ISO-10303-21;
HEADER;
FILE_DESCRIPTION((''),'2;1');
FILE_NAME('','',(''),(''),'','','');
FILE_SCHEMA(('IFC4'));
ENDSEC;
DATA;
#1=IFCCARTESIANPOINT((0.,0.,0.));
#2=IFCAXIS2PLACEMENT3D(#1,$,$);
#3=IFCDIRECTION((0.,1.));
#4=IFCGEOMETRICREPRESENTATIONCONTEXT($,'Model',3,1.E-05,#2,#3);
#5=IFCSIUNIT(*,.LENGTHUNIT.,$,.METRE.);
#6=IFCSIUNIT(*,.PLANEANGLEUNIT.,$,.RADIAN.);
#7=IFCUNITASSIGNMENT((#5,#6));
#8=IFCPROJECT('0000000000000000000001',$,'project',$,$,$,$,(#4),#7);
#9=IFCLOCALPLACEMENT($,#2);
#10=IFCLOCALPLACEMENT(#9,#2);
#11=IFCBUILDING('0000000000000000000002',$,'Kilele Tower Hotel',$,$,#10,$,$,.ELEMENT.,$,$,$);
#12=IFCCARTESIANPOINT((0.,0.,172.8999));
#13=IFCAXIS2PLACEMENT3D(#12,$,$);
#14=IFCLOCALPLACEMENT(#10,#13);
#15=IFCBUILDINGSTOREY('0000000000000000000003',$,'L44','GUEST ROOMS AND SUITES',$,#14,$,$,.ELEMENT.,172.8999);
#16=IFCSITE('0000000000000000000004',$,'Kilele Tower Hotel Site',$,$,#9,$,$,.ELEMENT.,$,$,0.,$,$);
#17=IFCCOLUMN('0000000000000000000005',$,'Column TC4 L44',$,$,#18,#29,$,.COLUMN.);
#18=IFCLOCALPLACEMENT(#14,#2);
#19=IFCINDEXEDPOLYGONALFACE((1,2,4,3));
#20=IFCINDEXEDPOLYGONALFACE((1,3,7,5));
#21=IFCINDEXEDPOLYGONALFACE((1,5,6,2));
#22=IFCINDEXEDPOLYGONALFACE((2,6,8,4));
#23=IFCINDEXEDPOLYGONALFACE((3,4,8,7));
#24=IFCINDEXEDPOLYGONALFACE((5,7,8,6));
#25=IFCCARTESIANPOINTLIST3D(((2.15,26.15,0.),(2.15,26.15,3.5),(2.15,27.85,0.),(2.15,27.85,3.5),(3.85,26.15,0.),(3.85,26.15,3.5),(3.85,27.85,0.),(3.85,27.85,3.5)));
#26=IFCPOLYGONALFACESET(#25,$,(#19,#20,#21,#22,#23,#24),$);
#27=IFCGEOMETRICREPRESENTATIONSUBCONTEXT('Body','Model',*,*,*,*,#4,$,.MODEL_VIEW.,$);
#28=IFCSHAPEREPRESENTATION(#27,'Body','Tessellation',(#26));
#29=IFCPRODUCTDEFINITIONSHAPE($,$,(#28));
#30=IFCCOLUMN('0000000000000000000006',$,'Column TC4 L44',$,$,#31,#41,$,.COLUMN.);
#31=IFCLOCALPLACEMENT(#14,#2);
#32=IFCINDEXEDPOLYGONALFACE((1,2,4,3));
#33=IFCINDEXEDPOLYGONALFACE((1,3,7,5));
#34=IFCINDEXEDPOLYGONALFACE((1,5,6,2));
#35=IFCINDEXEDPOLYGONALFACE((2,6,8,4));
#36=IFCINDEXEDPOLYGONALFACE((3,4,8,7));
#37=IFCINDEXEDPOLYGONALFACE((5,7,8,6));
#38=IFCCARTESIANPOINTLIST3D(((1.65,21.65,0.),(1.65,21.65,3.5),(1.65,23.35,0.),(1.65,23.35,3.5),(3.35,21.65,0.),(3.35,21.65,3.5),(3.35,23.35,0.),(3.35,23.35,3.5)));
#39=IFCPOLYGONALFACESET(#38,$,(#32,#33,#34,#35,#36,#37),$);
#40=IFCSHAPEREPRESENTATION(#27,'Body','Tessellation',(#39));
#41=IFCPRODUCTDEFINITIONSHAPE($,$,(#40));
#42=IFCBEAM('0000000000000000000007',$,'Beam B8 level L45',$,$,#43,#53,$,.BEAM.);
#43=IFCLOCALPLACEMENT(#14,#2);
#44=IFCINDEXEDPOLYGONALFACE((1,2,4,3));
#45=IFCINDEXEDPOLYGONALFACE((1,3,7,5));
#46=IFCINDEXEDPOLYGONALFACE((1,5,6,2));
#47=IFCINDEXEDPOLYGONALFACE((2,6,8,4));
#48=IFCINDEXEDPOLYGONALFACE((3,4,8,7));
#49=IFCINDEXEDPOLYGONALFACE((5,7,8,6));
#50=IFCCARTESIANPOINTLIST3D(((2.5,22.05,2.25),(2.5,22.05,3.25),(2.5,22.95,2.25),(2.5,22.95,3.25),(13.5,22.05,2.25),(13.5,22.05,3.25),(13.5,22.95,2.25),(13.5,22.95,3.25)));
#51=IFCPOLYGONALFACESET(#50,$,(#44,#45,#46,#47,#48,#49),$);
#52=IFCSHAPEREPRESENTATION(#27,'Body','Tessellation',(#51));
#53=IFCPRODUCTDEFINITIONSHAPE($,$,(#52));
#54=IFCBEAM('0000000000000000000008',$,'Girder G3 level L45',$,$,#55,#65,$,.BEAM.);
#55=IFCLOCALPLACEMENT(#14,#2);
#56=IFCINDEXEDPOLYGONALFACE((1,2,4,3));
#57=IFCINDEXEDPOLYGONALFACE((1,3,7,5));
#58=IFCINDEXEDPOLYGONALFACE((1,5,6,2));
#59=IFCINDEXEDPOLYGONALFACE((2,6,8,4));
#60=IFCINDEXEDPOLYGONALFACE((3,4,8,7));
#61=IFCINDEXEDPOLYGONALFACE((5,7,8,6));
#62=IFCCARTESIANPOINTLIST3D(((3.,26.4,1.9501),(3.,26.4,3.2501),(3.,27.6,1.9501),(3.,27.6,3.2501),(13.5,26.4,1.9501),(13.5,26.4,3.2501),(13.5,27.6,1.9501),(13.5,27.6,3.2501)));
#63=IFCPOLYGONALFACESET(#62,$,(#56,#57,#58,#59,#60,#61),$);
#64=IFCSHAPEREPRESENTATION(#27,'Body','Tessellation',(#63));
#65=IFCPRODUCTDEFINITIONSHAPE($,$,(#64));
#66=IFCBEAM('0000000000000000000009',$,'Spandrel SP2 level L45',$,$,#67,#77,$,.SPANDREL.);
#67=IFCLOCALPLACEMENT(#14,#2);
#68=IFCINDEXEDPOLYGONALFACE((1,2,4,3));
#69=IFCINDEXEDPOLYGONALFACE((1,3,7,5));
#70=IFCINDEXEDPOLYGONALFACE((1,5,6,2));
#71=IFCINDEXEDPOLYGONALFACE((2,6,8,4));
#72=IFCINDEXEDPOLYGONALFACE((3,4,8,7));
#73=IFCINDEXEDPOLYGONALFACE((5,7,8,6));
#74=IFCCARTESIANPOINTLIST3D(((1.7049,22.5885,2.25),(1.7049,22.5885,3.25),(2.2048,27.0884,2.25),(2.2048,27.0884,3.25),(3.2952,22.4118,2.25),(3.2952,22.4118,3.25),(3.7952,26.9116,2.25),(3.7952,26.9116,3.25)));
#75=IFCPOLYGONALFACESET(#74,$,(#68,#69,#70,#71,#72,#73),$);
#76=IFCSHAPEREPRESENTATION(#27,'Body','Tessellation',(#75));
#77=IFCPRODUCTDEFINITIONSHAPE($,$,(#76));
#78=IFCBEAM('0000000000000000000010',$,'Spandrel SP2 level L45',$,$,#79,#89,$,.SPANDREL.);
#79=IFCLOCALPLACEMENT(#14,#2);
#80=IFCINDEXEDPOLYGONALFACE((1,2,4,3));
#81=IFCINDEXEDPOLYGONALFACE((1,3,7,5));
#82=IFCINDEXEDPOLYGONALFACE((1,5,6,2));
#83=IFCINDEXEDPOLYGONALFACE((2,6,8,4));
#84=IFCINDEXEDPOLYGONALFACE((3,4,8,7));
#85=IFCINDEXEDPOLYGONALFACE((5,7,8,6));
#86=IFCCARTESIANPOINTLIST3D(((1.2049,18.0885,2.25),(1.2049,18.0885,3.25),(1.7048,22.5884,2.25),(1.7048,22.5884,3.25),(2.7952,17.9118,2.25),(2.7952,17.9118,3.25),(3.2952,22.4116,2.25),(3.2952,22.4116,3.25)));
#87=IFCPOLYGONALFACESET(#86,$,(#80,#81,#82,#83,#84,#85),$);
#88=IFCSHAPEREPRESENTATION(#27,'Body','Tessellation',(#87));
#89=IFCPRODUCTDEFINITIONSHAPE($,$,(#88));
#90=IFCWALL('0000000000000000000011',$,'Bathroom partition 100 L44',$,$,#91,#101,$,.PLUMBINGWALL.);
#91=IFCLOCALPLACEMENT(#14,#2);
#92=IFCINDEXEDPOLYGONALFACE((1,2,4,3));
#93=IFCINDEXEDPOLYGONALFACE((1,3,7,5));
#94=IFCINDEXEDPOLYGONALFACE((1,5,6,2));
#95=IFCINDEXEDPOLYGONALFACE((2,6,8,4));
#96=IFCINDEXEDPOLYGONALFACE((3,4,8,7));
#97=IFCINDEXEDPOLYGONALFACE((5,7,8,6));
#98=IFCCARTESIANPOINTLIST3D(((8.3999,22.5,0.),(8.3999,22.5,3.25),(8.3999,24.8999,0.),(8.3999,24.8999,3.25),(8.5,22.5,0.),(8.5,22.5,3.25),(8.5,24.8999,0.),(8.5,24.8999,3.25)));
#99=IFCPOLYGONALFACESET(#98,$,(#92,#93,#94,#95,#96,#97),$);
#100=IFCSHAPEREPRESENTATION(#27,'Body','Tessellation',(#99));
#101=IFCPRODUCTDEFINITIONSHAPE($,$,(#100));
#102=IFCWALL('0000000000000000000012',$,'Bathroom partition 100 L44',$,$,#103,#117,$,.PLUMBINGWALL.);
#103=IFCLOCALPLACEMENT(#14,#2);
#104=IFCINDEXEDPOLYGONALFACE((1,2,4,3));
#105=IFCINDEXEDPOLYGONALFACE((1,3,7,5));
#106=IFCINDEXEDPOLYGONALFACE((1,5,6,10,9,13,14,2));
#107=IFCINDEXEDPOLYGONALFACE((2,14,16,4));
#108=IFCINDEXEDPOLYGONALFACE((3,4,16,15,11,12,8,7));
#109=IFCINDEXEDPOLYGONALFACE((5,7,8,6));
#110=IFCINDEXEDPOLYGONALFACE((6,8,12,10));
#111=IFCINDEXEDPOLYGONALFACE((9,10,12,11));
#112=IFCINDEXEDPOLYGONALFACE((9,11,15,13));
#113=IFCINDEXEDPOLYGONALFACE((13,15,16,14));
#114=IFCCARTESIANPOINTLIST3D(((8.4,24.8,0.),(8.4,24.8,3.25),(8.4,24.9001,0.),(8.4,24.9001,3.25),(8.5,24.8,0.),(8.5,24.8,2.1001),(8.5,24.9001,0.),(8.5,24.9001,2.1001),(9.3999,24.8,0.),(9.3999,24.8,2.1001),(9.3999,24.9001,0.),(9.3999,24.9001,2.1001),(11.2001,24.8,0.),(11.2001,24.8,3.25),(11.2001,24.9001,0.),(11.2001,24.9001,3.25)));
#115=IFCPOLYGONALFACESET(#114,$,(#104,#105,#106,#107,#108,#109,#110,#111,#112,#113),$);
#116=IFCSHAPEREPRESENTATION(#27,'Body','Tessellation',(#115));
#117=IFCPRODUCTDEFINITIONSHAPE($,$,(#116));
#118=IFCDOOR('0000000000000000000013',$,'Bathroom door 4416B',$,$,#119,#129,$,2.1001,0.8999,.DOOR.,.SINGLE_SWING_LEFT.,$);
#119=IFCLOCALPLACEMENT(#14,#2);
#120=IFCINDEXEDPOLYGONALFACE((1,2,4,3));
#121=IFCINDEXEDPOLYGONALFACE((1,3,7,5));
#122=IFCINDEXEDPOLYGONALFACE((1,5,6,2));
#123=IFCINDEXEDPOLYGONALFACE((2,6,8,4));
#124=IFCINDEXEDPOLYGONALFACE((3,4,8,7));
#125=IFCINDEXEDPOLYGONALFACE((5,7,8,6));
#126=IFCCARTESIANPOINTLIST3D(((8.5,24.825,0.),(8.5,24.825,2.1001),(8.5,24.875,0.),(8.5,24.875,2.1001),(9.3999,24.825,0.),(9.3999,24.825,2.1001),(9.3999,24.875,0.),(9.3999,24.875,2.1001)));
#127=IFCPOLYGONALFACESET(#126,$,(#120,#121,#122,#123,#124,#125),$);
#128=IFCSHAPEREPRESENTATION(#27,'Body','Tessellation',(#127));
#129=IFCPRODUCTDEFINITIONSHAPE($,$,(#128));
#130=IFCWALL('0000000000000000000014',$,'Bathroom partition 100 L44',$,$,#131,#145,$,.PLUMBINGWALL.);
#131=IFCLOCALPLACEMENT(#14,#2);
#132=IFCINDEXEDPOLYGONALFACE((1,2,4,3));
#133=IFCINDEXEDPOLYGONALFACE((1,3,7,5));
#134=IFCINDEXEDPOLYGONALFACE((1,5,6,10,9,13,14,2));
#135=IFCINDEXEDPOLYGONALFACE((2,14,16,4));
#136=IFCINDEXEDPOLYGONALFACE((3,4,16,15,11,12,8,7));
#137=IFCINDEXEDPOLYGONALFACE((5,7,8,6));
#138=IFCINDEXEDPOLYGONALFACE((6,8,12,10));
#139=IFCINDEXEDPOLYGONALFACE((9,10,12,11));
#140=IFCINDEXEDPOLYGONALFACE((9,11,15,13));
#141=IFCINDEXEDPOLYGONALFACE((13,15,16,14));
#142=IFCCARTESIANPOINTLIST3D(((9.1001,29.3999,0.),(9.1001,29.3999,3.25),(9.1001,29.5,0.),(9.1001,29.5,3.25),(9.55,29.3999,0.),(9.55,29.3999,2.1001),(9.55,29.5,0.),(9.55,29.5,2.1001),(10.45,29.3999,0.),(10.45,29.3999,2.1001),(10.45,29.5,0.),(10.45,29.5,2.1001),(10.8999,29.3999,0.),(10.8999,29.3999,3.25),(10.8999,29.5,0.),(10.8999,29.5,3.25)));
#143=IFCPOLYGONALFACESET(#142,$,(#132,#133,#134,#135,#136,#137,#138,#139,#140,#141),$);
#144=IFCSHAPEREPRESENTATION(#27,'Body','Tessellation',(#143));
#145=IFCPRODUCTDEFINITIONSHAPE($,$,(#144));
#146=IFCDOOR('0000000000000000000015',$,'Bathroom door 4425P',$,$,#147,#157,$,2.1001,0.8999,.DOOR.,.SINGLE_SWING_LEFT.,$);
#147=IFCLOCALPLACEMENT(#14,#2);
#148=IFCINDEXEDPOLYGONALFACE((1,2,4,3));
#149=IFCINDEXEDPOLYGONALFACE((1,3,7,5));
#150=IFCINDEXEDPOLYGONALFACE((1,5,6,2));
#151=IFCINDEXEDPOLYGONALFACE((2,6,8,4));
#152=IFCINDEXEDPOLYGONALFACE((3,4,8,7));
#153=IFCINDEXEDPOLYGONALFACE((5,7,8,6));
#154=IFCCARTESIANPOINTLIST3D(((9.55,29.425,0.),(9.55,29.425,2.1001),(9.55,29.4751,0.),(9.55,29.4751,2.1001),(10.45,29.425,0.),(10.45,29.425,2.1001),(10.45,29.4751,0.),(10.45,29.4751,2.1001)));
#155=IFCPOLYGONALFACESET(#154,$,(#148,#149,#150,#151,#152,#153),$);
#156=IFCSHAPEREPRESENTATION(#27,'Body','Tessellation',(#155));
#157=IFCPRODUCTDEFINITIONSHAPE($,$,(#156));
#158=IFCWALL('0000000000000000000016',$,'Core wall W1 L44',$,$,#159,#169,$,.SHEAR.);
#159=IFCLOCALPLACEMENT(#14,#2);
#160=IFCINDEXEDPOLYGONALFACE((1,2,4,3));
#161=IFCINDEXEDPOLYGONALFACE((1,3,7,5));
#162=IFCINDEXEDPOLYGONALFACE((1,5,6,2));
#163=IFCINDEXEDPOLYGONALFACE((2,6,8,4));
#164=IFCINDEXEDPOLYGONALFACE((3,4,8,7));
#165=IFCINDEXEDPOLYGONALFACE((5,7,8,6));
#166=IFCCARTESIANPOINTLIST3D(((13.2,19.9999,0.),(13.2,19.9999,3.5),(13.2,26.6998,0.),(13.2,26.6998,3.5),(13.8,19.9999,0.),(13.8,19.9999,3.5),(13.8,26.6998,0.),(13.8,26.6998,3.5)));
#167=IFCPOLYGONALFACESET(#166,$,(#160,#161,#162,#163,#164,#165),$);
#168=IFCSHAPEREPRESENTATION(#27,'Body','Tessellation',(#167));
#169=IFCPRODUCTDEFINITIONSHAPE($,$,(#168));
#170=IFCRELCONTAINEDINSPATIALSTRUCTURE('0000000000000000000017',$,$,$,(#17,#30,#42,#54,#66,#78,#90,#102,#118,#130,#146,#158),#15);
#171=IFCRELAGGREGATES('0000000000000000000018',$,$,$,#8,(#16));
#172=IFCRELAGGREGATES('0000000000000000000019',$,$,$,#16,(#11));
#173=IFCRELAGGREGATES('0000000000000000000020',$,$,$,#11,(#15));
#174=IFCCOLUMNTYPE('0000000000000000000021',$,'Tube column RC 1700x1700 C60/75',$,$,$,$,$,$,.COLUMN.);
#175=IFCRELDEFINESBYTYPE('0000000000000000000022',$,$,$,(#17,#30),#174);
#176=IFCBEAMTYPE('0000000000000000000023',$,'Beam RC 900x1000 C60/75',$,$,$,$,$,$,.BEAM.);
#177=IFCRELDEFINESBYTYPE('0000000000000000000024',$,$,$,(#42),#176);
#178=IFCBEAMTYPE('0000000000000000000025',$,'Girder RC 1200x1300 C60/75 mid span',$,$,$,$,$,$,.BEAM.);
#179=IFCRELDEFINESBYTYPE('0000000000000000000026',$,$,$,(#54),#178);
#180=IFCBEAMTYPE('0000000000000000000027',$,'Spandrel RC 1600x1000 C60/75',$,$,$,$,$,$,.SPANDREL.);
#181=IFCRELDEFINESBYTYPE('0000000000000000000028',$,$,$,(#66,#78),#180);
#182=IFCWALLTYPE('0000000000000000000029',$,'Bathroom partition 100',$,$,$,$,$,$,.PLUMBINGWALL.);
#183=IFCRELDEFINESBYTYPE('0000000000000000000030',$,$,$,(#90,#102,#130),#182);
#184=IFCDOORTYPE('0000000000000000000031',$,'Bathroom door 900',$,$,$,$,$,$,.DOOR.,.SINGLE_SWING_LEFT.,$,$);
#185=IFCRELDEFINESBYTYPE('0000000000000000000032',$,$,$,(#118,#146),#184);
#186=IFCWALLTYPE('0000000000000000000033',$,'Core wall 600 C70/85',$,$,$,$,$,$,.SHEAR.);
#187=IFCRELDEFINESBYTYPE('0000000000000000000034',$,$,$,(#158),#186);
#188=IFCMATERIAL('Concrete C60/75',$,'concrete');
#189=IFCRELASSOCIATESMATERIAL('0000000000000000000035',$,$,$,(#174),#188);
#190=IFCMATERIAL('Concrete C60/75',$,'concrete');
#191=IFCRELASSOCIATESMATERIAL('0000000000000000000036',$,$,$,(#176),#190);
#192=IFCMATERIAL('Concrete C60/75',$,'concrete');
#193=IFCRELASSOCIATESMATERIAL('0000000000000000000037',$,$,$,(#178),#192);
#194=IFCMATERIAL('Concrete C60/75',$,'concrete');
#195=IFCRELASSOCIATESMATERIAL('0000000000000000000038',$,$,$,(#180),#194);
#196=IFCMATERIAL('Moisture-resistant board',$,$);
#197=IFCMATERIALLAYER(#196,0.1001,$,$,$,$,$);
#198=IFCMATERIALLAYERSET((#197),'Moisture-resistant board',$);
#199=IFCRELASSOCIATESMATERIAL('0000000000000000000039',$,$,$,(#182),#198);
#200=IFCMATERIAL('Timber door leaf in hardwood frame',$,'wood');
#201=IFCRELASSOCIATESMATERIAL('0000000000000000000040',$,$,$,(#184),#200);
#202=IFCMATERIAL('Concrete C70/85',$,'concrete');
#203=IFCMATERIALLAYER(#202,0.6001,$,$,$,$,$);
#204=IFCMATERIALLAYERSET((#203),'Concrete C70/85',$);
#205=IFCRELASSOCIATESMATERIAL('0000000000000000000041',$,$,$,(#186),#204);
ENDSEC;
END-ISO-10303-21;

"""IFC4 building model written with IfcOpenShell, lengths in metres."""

from ifc_helpers import new_model, si_unit, direction, frame, frame_2d, origin, origin_2d, place, context, subcontext, project, spatial, rectangle, extrude, material, layer, layer_set, material_profile, profile_set, type_object, element, fill, save


model = new_model("IFC4")

# Units and contexts
model_context = context("Model", 3, precision=1e-05, world=origin(), true_north=direction((0.0, 1.0)))
body_context = subcontext(model_context, "Body", "Model", "MODEL_VIEW")
ifc_project = project(units=[si_unit("LENGTHUNIT", "METRE"), si_unit("PLANEANGLEUNIT", "RADIAN")], contexts=[model_context])

# Site, building, storey
site_placement = place(None, origin())
site = spatial("IfcSite", under=ifc_project, at=site_placement, Name="Kilele Tower Hotel Site", CompositionType="ELEMENT", RefElevation=0.0)
building_placement = place(site_placement, origin())
building = spatial("IfcBuilding", under=site, at=building_placement, Name="Kilele Tower Hotel", CompositionType="ELEMENT")
storey_placement = place(building_placement, frame((0.0, 0.0, 172.8999)))
storey = spatial("IfcBuildingStorey", under=building, at=storey_placement, Name="L44", Description="GUEST ROOMS AND SUITES", CompositionType="ELEMENT", Elevation=172.8999)

# Columns
ifc_material_1 = material(Name="Concrete C60/75", Category="concrete")
ifc_material_profile_1 = material_profile(ifc_material_1, rectangle(XDim=1.7, YDim=1.7, at=origin_2d()))
ifc_profile_set_1 = profile_set([ifc_material_profile_1], Name="Concrete C60/75")
column_type = type_object("IfcColumnType", Name="Tube column RC 1700x1700 C60/75", PredefinedType="COLUMN", material=ifc_profile_set_1)
for number, where, z_axis, x_axis, name in (
    (1, (3.0, 27.0, 0.0), (0.0, 0.0, 1.0), (1.0, 0.0, 0.0), "Column TC4 L44"),
    (2, (2.5, 22.5, 0.0), (0.0, 0.0, 1.0), (1.0, 0.0, 0.0), "Column TC4 L44"),
):
    element("IfcColumn", number, at=place(storey_placement, frame(where, z_axis=z_axis, x_axis=x_axis)), inside=storey, type_object=column_type, Name=name, PredefinedType="COLUMN", context=body_context, shape_type="SweptSolid", body=[
        extrude(rectangle(XDim=1.7, YDim=1.7, at=origin_2d()), origin(), (0.0, 0.0, 1.0), 3.5),
    ])

# Beams
ifc_material_2 = material(Name="Concrete C60/75", Category="concrete")
ifc_material_profile_2 = material_profile(ifc_material_2, rectangle(XDim=0.8999, YDim=1.0, at=origin_2d()))
ifc_profile_set_2 = profile_set([ifc_material_profile_2], Name="Concrete C60/75")
beam_type_1 = type_object("IfcBeamType", Name="Beam RC 900x1000 C60/75", PredefinedType="BEAM", material=ifc_profile_set_2)
beam_1_placement = place(storey_placement, frame((2.5, 22.5, 2.75), z_axis=(1.0, 0.0, 0.0), x_axis=(0.0, 1.0, 0.0)))
element("IfcBeam", 3, at=beam_1_placement, inside=storey, type_object=beam_type_1, Name="Beam B8 level L45", PredefinedType="BEAM", context=body_context, shape_type="SweptSolid", body=[
    extrude(rectangle(XDim=0.8999, YDim=1.0, at=origin_2d()), origin(), (0.0, 0.0, 1.0), 11.0),
])
ifc_material_3 = material(Name="Concrete C60/75", Category="concrete")
ifc_material_profile_3 = material_profile(ifc_material_3, rectangle(XDim=1.2, YDim=1.3, at=origin_2d()))
ifc_profile_set_3 = profile_set([ifc_material_profile_3], Name="Concrete C60/75")
beam_type_2 = type_object("IfcBeamType", Name="Girder RC 1200x1300 C60/75 mid span", PredefinedType="BEAM", material=ifc_profile_set_3)
beam_2_placement = place(storey_placement, frame((3.0, 27.0, 2.6001), z_axis=(1.0, 0.0, 0.0), x_axis=(0.0, 1.0, 0.0)))
element("IfcBeam", 4, at=beam_2_placement, inside=storey, type_object=beam_type_2, Name="Girder G3 level L45", PredefinedType="BEAM", context=body_context, shape_type="SweptSolid", body=[
    extrude(rectangle(XDim=1.2, YDim=1.3, at=origin_2d()), origin(), (0.0, 0.0, 1.0), 10.5),
])
ifc_material_4 = material(Name="Concrete C60/75", Category="concrete")
ifc_material_profile_4 = material_profile(ifc_material_4, rectangle(XDim=1.6001, YDim=1.0, at=origin_2d()))
ifc_profile_set_4 = profile_set([ifc_material_profile_4], Name="Concrete C60/75")
beam_type_3 = type_object("IfcBeamType", Name="Spandrel RC 1600x1000 C60/75", PredefinedType="SPANDREL", material=ifc_profile_set_4)
for number, where, z_axis, x_axis, name in (
    (5, (3.0, 27.0, 2.75), (-0.110432, -0.993884, 0.0), (0.993884, -0.110432, 0.0), "Spandrel SP2 level L45"),
    (6, (2.5, 22.5, 2.75), (-0.110432, -0.993884, 0.0), (0.993884, -0.110432, 0.0), "Spandrel SP2 level L45"),
):
    element("IfcBeam", number, at=place(storey_placement, frame(where, z_axis=z_axis, x_axis=x_axis)), inside=storey, type_object=beam_type_3, Name=name, PredefinedType="SPANDREL", context=body_context, shape_type="SweptSolid", body=[
        extrude(rectangle(XDim=1.6001, YDim=1.0, at=origin_2d()), origin(), (0.0, 0.0, 1.0), 4.5276),
    ])

# Wall
ifc_material_5 = material(Name="Moisture-resistant board")
ifc_layer_1 = layer(ifc_material_5, 0.1001)
ifc_layer_set_1 = layer_set([ifc_layer_1], Name="Moisture-resistant board")
wall_type_1 = type_object("IfcWallType", Name="Bathroom partition 100", PredefinedType="PLUMBINGWALL", material=ifc_layer_set_1)
wall_1_placement = place(storey_placement, frame((8.45, 22.5, 0.0), z_axis=(0.0, 0.0, 1.0), x_axis=(0.0, 1.0, 0.0)))
element("IfcWall", 7, at=wall_1_placement, inside=storey, type_object=wall_type_1, Name="Bathroom partition 100 L44", PredefinedType="PLUMBINGWALL", context=body_context, shape_type="SweptSolid", body=[
    extrude(rectangle(XDim=2.3999, YDim=0.1001, at=frame_2d((1.2, 0.0))), origin(), (0.0, 0.0, 1.0), 3.25),
])

# Walls, openings, doors
wall_2_placement = place(storey_placement, frame((11.2, 24.8501, 0.0), z_axis=(0.0, 0.0, 1.0), x_axis=(-1.0, 0.0, 0.0)))
wall_2 = element("IfcWall", 8, at=wall_2_placement, inside=storey, type_object=wall_type_1, Name="Bathroom partition 100 L44", PredefinedType="PLUMBINGWALL", context=body_context, shape_type="SweptSolid", body=[
    extrude(rectangle(XDim=2.8, YDim=0.1001, at=frame_2d((1.3999, 0.0))), origin(), (0.0, 0.0, 1.0), 3.25),
])
opening_1_placement = place(wall_2_placement, frame((2.7, 0.0, 0.0), z_axis=(0.0, 0.0, 1.0), x_axis=(-1.0, 0.0, 0.0)))
opening_1 = element("IfcOpeningElement", 9, at=opening_1_placement, cuts=wall_2, PredefinedType="OPENING", context=body_context, shape_type="SweptSolid", body=[
    extrude(rectangle(XDim=0.8999, YDim=2.1001, at=frame_2d((0.45, 1.05))), frame((0.0, 0.0601, 0.0), z_axis=(0.0, -1.0, 0.0), x_axis=(1.0, 0.0, 0.0)), (0.0, 0.0, 1.0), 0.1201),
])
ifc_material_6 = material(Name="Timber door leaf in hardwood frame", Category="wood")
door_type_1 = type_object("IfcDoorType", Name="Bathroom door 900", OperationType="SINGLE_SWING_LEFT", PredefinedType="DOOR", material=ifc_material_6)
door_1_placement = place(opening_1_placement, origin())
door_1 = element("IfcDoor", 10, at=door_1_placement, inside=storey, type_object=door_type_1, Name="Bathroom door 4416B", OperationType="SINGLE_SWING_LEFT", OverallHeight=2.1001, OverallWidth=0.8999, PredefinedType="DOOR", context=body_context, shape_type="SweptSolid", body=[
    extrude(rectangle(XDim=0.8999, YDim=2.1001, at=frame_2d((0.45, 1.05))), frame((0.0, 0.0249, 0.0), z_axis=(0.0, -1.0, 0.0), x_axis=(1.0, 0.0, 0.0)), (0.0, 0.0, 1.0), 0.05),
])
fill(opening_1, door_1)
wall_3_placement = place(storey_placement, frame((10.8999, 29.45, 0.0), z_axis=(0.0, 0.0, 1.0), x_axis=(-1.0, 0.0, 0.0)))
wall_3 = element("IfcWall", 11, at=wall_3_placement, inside=storey, type_object=wall_type_1, Name="Bathroom partition 100 L44", PredefinedType="PLUMBINGWALL", context=body_context, shape_type="SweptSolid", body=[
    extrude(rectangle(XDim=1.7998, YDim=0.1001, at=frame_2d((0.8999, 0.0))), origin(), (0.0, 0.0, 1.0), 3.25),
])
opening_2_placement = place(wall_3_placement, frame((0.45, 0.0, 0.0)))
opening_2 = element("IfcOpeningElement", 12, at=opening_2_placement, cuts=wall_3, PredefinedType="OPENING", context=body_context, shape_type="SweptSolid", body=[
    extrude(rectangle(XDim=0.8999, YDim=2.1001, at=frame_2d((0.45, 1.05))), frame((0.0, 0.0601, 0.0), z_axis=(0.0, -1.0, 0.0), x_axis=(1.0, 0.0, 0.0)), (0.0, 0.0, 1.0), 0.1201),
])
door_2_placement = place(opening_2_placement, origin())
door_2 = element("IfcDoor", 13, at=door_2_placement, inside=storey, type_object=door_type_1, Name="Bathroom door 4425P", OperationType="SINGLE_SWING_LEFT", OverallHeight=2.1001, OverallWidth=0.8999, PredefinedType="DOOR", context=body_context, shape_type="SweptSolid", body=[
    extrude(rectangle(XDim=0.8999, YDim=2.1001, at=frame_2d((0.45, 1.05))), frame((0.0, 0.0249, 0.0), z_axis=(0.0, -1.0, 0.0), x_axis=(1.0, 0.0, 0.0)), (0.0, 0.0, 1.0), 0.05),
])
fill(opening_2, door_2)

# Wall
ifc_material_7 = material(Name="Concrete C70/85", Category="concrete")
ifc_layer_2 = layer(ifc_material_7, 0.6001)
ifc_layer_set_2 = layer_set([ifc_layer_2], Name="Concrete C70/85")
wall_type_2 = type_object("IfcWallType", Name="Core wall 600 C70/85", PredefinedType="SHEAR", material=ifc_layer_set_2)
wall_4_placement = place(storey_placement, frame((13.5, 26.7, 0.0), z_axis=(0.0, 0.0, 1.0), x_axis=(0.0, -1.0, 0.0)))
element("IfcWall", 14, at=wall_4_placement, inside=storey, type_object=wall_type_2, Name="Core wall W1 L44", PredefinedType="SHEAR", context=body_context, shape_type="SweptSolid", body=[
    extrude(rectangle(XDim=6.7, YDim=0.6001, at=frame_2d((3.3501, 0.0))), origin(), (0.0, 0.0, 1.0), 3.5),
])

save(model, "model.ifc")
